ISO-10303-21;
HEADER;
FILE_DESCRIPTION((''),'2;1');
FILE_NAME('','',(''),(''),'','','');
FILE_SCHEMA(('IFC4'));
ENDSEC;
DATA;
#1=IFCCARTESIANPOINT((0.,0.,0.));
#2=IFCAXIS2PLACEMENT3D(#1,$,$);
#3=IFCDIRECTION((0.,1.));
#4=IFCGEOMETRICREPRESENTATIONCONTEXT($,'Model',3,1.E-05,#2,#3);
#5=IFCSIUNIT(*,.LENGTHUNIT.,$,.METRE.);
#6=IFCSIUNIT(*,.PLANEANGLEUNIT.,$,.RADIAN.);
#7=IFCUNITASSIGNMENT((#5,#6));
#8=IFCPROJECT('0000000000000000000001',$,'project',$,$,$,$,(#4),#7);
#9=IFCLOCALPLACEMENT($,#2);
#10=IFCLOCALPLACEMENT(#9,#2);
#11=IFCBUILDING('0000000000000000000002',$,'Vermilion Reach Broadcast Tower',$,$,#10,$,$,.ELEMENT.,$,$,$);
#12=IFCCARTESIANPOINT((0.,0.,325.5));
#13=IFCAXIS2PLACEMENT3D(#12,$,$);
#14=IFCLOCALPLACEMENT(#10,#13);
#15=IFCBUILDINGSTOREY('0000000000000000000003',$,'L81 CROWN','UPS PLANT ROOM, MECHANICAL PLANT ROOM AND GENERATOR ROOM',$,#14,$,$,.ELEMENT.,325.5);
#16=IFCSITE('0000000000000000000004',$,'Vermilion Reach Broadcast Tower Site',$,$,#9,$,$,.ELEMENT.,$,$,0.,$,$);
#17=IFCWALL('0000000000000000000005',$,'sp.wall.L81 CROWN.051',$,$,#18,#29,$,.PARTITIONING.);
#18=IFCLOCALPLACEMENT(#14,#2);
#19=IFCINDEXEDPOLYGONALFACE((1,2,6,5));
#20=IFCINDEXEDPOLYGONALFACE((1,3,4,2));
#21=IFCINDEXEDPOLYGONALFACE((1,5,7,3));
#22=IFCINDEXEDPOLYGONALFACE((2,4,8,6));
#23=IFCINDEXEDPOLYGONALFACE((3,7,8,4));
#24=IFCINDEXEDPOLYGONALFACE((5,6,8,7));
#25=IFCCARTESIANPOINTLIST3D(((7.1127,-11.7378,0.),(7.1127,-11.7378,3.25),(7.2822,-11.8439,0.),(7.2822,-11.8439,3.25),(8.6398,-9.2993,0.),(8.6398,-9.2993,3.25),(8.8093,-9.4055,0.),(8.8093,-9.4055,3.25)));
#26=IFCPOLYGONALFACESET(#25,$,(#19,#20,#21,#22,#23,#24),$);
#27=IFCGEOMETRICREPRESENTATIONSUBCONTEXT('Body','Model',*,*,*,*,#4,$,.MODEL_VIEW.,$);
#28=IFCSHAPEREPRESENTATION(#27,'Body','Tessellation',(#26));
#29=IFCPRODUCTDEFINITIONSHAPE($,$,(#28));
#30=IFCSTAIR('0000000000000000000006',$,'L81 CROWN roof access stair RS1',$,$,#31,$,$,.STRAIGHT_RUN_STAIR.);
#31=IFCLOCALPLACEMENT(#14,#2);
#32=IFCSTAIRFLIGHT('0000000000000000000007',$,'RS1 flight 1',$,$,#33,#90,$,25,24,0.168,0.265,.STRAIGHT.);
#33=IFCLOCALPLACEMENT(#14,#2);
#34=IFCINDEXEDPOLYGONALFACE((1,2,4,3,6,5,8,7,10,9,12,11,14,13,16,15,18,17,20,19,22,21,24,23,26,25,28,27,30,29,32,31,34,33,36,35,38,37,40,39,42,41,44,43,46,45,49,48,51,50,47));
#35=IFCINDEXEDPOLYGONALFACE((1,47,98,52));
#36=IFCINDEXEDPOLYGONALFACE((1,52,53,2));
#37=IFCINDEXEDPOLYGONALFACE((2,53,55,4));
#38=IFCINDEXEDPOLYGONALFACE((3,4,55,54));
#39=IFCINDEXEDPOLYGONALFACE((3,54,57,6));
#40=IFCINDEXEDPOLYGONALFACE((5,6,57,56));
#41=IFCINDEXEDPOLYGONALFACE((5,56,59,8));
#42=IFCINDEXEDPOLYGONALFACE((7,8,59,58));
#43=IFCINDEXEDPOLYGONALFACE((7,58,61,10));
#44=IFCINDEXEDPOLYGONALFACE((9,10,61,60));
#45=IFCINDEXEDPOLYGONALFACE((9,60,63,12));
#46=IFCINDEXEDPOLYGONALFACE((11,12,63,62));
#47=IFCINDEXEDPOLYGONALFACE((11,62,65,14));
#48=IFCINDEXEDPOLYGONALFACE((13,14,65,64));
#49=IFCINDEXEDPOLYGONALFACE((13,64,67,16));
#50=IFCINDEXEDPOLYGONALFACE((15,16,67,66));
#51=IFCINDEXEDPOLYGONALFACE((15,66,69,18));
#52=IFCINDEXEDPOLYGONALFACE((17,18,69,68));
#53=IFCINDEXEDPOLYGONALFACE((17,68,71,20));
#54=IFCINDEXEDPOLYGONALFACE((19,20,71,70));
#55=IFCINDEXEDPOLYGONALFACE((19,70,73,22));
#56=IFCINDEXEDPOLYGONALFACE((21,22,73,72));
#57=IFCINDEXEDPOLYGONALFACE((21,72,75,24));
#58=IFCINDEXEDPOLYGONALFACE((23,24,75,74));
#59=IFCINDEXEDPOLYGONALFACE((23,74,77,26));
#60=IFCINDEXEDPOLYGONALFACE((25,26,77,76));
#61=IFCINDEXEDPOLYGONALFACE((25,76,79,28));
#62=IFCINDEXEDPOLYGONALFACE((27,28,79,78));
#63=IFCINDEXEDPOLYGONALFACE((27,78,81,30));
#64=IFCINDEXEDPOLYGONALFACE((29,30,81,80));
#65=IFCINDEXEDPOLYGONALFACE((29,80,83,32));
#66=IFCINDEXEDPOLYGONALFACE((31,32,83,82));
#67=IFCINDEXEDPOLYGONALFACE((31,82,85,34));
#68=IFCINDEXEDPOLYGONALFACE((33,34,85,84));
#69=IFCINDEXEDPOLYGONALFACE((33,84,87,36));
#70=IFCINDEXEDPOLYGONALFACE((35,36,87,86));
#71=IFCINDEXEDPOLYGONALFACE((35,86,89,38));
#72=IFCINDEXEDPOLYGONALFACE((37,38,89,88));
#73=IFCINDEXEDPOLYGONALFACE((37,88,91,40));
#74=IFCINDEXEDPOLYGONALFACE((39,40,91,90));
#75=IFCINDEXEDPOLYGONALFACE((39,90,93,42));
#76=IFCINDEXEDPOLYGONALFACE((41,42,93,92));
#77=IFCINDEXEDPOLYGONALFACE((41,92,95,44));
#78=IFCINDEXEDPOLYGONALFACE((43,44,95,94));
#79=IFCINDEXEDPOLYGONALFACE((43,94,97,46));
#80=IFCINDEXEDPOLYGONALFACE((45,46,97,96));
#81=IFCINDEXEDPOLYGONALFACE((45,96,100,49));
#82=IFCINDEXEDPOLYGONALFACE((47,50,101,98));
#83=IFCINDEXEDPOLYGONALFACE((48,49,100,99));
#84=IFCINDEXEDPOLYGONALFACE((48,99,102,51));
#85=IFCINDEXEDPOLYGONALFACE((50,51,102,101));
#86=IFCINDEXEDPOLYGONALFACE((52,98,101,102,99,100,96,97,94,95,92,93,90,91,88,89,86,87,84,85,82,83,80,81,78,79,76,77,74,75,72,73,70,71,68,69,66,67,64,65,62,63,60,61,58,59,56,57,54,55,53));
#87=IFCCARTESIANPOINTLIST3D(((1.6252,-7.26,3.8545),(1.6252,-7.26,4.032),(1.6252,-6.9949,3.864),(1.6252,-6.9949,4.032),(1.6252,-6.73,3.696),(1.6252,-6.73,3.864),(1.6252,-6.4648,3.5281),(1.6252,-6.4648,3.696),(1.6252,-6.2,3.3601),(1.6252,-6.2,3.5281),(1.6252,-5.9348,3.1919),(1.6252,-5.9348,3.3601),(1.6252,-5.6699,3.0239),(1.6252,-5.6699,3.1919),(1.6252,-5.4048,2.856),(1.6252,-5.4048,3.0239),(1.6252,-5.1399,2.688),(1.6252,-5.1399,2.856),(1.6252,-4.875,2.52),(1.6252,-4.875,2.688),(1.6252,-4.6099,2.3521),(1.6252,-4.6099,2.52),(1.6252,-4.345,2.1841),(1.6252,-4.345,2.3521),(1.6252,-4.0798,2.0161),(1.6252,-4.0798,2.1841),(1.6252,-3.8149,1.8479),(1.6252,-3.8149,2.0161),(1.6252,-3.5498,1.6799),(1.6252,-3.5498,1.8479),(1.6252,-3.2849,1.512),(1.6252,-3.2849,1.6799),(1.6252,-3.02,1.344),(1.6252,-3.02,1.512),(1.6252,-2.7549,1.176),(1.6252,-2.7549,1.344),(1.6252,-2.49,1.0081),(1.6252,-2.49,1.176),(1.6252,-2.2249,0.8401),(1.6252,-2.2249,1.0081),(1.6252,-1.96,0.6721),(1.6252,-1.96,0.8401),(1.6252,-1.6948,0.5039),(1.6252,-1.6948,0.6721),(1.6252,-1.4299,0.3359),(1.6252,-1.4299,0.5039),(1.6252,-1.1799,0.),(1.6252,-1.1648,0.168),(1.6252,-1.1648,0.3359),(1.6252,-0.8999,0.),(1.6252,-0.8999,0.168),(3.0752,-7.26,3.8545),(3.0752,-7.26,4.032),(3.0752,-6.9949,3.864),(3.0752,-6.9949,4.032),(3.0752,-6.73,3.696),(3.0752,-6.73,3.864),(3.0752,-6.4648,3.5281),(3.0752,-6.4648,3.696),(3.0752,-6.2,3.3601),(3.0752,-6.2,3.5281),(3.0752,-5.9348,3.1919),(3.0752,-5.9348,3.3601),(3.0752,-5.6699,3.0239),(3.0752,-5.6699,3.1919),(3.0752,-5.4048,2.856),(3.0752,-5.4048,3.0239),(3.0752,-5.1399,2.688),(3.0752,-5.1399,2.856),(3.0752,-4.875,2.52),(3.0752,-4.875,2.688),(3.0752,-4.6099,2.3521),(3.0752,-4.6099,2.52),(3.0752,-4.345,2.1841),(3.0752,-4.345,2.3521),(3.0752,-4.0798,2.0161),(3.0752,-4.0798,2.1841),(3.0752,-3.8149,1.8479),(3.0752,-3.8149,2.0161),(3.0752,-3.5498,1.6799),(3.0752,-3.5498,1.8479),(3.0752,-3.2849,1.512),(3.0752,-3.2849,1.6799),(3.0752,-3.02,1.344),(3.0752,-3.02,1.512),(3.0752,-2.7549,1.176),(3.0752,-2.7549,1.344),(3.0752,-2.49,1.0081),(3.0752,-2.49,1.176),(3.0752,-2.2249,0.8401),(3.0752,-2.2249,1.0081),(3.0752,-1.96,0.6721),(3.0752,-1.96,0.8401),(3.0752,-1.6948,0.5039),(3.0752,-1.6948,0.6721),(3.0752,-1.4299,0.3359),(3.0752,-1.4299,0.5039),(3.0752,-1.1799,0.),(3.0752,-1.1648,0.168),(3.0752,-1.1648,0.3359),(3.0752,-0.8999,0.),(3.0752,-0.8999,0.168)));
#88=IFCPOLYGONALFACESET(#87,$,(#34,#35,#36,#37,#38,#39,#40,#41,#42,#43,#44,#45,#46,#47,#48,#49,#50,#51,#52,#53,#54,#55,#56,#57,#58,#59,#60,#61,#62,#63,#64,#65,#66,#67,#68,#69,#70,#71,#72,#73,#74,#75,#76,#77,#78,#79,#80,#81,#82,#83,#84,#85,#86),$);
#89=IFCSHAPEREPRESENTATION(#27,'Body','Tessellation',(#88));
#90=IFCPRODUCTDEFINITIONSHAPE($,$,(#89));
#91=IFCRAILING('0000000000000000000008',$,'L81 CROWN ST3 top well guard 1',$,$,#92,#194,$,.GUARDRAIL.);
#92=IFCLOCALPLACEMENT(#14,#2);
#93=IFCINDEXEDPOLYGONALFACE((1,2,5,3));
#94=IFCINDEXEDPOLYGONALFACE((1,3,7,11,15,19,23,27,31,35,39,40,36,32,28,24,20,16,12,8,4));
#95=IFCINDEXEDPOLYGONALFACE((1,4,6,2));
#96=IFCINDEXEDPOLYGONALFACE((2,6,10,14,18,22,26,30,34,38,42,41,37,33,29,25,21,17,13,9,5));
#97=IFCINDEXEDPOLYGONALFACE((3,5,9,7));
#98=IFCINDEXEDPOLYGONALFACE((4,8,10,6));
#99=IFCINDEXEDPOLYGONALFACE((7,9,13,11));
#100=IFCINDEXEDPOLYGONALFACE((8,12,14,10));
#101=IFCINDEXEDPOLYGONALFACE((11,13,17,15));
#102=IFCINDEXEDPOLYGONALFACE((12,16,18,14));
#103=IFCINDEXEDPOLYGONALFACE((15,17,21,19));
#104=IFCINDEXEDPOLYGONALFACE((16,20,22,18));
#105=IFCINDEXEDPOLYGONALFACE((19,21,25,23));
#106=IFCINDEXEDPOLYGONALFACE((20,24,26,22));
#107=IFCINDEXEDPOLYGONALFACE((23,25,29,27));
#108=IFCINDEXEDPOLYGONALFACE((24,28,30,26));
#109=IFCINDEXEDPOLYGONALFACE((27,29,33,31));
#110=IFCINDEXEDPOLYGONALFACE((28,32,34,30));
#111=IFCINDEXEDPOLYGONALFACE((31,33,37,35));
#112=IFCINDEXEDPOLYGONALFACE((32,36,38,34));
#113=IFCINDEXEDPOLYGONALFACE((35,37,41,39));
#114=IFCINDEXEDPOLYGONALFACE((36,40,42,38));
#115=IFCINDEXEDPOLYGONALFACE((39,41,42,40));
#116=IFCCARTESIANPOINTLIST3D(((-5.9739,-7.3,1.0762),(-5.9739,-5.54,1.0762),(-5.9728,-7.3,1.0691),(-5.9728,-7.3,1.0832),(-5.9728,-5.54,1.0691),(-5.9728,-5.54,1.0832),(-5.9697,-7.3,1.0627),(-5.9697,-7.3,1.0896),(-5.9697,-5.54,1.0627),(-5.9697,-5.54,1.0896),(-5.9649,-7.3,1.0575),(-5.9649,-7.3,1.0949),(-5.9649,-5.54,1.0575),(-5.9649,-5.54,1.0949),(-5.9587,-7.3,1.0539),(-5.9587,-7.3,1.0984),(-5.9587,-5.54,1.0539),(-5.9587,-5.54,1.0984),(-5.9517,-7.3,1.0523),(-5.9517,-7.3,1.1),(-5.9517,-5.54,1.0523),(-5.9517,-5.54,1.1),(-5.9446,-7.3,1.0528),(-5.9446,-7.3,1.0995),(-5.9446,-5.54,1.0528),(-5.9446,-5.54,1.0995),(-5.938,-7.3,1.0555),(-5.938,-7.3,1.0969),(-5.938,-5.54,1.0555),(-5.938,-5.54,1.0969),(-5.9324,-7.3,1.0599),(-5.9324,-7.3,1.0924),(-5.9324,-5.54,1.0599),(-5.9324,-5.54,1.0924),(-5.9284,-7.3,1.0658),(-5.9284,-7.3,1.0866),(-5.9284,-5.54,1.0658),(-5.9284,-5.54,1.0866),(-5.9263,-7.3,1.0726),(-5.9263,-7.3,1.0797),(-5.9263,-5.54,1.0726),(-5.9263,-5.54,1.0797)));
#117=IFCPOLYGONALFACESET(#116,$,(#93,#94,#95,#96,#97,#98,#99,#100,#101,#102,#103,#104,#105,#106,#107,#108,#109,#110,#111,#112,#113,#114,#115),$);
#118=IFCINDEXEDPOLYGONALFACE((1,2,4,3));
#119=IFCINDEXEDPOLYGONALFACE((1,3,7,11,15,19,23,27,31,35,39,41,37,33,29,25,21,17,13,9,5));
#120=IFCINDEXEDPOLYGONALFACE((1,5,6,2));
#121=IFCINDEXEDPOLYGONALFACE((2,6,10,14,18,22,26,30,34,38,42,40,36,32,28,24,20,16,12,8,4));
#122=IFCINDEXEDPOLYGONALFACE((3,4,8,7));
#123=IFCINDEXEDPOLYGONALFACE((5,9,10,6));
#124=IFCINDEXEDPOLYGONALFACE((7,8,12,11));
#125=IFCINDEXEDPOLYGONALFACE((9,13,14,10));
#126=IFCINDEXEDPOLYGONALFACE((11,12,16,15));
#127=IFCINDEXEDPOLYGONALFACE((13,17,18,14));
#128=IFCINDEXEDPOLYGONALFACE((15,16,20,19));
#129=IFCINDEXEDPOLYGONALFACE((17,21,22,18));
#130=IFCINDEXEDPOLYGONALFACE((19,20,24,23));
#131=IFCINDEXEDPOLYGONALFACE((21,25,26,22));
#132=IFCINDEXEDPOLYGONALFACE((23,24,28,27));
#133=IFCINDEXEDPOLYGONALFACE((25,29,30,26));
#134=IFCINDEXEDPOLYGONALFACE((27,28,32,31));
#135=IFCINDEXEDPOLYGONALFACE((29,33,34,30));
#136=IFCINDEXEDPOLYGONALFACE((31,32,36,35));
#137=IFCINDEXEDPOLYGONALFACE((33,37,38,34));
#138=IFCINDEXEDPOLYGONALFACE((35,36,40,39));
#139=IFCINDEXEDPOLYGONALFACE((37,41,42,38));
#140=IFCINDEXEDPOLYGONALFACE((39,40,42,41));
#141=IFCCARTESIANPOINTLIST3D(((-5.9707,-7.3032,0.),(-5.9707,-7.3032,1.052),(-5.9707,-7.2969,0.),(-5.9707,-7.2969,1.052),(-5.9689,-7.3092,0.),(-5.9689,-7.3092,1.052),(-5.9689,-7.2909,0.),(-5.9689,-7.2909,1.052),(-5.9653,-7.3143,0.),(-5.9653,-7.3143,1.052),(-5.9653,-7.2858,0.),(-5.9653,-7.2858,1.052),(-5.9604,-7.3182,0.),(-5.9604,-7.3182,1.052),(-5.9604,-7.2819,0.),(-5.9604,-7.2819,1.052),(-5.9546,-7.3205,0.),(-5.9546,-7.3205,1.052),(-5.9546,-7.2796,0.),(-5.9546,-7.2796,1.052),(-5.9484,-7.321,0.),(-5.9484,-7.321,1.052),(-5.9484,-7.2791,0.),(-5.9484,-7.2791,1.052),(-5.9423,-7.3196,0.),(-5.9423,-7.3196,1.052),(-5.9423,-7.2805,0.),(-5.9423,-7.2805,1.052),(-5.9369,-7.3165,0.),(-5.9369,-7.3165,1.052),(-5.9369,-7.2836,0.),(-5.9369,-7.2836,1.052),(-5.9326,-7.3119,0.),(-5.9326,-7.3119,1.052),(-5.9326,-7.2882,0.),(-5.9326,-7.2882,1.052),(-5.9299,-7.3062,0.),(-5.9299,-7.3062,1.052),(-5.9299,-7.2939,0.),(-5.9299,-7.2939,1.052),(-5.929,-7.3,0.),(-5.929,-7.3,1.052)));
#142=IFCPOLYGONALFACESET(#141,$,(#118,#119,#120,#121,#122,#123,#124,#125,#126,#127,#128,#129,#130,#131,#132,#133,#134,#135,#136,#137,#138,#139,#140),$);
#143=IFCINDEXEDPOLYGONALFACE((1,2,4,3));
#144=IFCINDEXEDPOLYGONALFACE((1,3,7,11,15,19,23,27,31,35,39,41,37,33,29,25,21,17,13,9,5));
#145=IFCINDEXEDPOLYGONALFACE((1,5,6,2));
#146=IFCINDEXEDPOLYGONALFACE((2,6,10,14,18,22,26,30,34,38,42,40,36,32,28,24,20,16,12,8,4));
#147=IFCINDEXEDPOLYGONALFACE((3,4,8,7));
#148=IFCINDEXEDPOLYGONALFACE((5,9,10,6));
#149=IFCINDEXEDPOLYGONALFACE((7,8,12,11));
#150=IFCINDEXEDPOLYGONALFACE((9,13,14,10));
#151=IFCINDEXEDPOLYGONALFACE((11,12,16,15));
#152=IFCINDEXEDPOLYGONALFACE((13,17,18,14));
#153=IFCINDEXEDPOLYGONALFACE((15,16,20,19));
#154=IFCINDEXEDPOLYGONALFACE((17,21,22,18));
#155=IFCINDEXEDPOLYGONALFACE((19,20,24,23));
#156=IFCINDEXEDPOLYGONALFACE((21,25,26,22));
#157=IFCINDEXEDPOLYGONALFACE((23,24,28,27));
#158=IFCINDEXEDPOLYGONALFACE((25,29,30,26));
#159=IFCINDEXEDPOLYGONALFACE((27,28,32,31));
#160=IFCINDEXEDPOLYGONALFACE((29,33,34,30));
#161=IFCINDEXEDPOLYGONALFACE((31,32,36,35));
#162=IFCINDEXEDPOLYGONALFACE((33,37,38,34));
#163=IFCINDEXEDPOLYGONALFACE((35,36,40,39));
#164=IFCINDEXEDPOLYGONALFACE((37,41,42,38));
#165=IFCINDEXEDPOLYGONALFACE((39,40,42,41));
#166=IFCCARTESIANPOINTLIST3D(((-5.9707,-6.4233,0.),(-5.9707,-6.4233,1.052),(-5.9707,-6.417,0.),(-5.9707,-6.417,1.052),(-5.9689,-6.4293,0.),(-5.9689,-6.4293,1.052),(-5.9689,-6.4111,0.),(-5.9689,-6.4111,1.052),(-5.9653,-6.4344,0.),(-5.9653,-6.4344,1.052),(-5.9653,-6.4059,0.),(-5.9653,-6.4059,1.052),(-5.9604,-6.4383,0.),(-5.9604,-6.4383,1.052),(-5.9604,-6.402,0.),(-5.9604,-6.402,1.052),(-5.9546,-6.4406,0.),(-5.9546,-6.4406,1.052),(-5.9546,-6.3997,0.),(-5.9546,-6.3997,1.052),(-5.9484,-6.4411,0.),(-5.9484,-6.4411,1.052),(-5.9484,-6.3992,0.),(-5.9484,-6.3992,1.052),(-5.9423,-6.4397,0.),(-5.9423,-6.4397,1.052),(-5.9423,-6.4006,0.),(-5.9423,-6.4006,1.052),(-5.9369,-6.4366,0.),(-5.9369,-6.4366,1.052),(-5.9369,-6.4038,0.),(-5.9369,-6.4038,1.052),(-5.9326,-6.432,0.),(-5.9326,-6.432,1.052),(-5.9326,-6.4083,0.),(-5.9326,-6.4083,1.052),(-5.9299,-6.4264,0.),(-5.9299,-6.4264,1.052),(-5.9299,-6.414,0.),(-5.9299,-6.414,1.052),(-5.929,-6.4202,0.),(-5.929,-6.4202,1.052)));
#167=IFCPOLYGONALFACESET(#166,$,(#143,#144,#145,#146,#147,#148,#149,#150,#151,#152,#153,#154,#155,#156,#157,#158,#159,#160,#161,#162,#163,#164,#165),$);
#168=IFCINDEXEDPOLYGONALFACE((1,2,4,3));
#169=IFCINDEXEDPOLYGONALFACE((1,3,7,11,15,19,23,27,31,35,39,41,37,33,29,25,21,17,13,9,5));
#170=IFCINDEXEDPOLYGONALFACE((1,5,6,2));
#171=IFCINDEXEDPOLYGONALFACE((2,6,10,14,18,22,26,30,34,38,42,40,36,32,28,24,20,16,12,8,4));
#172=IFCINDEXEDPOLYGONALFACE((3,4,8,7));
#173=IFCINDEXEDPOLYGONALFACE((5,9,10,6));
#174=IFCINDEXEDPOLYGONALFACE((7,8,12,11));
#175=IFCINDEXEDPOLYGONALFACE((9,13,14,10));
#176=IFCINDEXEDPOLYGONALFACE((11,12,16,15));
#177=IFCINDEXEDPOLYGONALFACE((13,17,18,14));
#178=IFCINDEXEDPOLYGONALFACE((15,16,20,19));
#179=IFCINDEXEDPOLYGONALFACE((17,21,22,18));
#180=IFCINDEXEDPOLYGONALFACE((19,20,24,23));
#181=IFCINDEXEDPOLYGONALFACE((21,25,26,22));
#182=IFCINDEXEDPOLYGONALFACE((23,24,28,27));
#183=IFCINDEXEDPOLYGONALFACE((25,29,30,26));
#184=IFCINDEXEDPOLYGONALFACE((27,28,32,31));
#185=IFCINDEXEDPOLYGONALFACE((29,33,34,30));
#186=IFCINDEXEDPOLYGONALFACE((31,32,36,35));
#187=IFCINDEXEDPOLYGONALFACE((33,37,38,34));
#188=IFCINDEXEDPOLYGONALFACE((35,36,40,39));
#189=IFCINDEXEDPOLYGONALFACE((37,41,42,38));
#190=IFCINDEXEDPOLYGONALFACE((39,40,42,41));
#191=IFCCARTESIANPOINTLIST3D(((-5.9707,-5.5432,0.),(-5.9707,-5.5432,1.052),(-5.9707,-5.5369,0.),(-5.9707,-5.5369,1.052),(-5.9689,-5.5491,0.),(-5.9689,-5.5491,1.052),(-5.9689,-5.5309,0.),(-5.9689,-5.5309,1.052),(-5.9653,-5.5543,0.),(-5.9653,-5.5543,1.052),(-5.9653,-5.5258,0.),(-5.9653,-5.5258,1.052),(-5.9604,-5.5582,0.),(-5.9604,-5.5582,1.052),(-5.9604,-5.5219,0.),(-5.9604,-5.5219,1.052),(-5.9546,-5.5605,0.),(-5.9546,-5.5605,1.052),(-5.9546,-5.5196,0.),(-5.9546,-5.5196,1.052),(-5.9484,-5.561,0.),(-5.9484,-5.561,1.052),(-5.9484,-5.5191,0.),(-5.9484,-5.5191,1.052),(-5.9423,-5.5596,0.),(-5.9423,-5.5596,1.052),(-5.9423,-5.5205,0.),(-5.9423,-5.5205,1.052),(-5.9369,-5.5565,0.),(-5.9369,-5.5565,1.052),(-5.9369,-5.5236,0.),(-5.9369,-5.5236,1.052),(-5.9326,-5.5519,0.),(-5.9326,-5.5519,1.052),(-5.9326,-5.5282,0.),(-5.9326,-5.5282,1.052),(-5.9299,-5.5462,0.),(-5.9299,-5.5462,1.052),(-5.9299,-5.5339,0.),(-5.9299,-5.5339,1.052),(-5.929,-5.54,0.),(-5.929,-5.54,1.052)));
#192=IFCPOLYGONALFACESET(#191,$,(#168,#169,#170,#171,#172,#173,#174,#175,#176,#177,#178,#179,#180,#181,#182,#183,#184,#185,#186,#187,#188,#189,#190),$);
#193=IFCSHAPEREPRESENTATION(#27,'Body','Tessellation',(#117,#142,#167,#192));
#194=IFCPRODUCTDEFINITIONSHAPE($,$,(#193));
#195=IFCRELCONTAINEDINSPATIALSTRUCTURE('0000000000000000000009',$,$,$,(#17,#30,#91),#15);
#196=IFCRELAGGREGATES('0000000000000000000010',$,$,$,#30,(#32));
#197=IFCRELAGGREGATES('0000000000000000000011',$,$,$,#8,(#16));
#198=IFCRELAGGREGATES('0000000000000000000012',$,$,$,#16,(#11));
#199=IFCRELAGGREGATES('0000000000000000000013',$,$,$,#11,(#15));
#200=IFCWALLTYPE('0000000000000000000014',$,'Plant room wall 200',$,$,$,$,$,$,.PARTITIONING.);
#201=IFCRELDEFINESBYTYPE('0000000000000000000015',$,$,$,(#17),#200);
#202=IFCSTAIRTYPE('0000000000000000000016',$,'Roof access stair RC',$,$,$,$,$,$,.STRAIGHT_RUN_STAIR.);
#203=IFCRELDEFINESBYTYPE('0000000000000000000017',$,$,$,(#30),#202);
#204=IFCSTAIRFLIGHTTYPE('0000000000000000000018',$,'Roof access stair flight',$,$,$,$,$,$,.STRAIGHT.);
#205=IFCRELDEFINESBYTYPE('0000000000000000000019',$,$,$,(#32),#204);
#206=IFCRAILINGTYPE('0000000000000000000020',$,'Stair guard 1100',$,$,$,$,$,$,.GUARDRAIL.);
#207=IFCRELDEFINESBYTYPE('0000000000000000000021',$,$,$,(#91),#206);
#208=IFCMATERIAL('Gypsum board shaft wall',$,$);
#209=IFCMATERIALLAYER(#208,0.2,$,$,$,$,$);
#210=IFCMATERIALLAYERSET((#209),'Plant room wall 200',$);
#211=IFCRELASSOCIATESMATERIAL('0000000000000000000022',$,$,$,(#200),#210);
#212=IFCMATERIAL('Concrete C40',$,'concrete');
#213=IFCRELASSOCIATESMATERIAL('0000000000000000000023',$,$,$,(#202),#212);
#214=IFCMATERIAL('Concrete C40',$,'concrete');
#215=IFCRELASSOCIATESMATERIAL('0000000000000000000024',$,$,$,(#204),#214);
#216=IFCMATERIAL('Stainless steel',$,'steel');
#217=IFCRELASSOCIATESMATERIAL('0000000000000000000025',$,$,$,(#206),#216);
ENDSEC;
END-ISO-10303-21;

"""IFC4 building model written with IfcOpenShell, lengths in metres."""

from ifc_helpers import new_model, si_unit, direction, frame, frame_2d, origin, origin_2d, place, context, subcontext, project, spatial, polyline, rectangle, circle, outline, extrude, material, layer, layer_set, type_object, element, aggregate, save


model = new_model("IFC4")

# Units and contexts
model_context = context("Model", 3, precision=1e-05, world=origin(), true_north=direction((0.0, 1.0)))
body_context = subcontext(model_context, "Body", "Model", "MODEL_VIEW")
ifc_project = project(units=[si_unit("LENGTHUNIT", "METRE"), si_unit("PLANEANGLEUNIT", "RADIAN")], contexts=[model_context])

# Site, building, storey
site_placement = place(None, origin())
site = spatial("IfcSite", under=ifc_project, at=site_placement, Name="Vermilion Reach Broadcast Tower Site", CompositionType="ELEMENT", RefElevation=0.0)
building_placement = place(site_placement, origin())
building = spatial("IfcBuilding", under=site, at=building_placement, Name="Vermilion Reach Broadcast Tower", CompositionType="ELEMENT")
storey_placement = place(building_placement, frame((0.0, 0.0, 325.5)))
storey = spatial("IfcBuildingStorey", under=building, at=storey_placement, Name="L81 CROWN", Description="UPS PLANT ROOM, MECHANICAL PLANT ROOM AND GENERATOR ROOM", CompositionType="ELEMENT", Elevation=325.5)

# Wall
ifc_material_1 = material(Name="Gypsum board shaft wall")
ifc_layer_1 = layer(ifc_material_1, 0.2)
ifc_layer_set_1 = layer_set([ifc_layer_1], Name="Plant room wall 200")
wall_type_1 = type_object("IfcWallType", Name="Plant room wall 200", PredefinedType="PARTITIONING", material=ifc_layer_set_1)
wall_1_placement = place(storey_placement, frame((7.1975, -11.7908, 0.0), z_axis=(0.0, 0.0, 1.0), x_axis=(0.530761, 0.847521, 0.0)))
element("IfcWall", 1, at=wall_1_placement, inside=storey, type_object=wall_type_1, Name="sp.wall.L81 CROWN.051", PredefinedType="PARTITIONING", context=body_context, shape_type="SweptSolid", body=[
    extrude(rectangle(XDim=2.8772, YDim=0.2, at=frame_2d((1.4385, 0.0))), origin(), (0.0, 0.0, 1.0), 3.25),
])

# Stair, stair flight
ifc_material_2 = material(Name="Concrete C40", Category="concrete")
stair_type = type_object("IfcStairType", Name="Roof access stair RC", PredefinedType="STRAIGHT_RUN_STAIR", material=ifc_material_2)
stair_placement = place(storey_placement, origin())
stair = element("IfcStair", 2, at=stair_placement, inside=storey, type_object=stair_type, Name="L81 CROWN roof access stair RS1", PredefinedType="STRAIGHT_RUN_STAIR")
ifc_material_3 = material(Name="Concrete C40", Category="concrete")
stair_flight_type = type_object("IfcStairFlightType", Name="Roof access stair flight", PredefinedType="STRAIGHT", material=ifc_material_3)
stair_flight_placement = place(storey_placement, frame((2.3501, -0.8999, 0.0), z_axis=(0.0, 0.0, 1.0), x_axis=(0.0, -1.0, 0.0)))
stair_flight = element("IfcStairFlight", 3, at=stair_flight_placement, type_object=stair_flight_type, Name="RS1 flight 1", NumberOfRisers=25, NumberOfTreads=24, PredefinedType="STRAIGHT", RiserHeight=0.168, TreadLength=0.265, context=body_context, shape_type="SweptSolid", body=[
    extrude(outline(polyline([(0.0, 0.0), (0.0, 0.168), (0.2649, 0.168), (0.2649, 0.3359), (0.53, 0.3359), (0.53, 0.5039), (0.7949, 0.5039), (0.7949, 0.6721), (1.0601, 0.6721), (1.0601, 0.8401), (1.325, 0.8401), (1.325, 1.0081), (1.5901, 1.0081), (1.5901, 1.176), (1.855, 1.176), (1.855, 1.344), (2.1201, 1.344), (2.1201, 1.512), (2.385, 1.512), (2.385, 1.6799), (2.6499, 1.6799), (2.6499, 1.8479), (2.915, 1.8479), (2.915, 2.0161), (3.1799, 2.0161), (3.1799, 2.1841), (3.4451, 2.1841), (3.4451, 2.3521), (3.71, 2.3521), (3.71, 2.52), (3.9751, 2.52), (3.9751, 2.688), (4.24, 2.688), (4.24, 2.856), (4.5049, 2.856), (4.5049, 3.0239), (4.77, 3.0239), (4.77, 3.1919), (5.0349, 3.1919), (5.0349, 3.3601), (5.3, 3.3601), (5.3, 3.5281), (5.5649, 3.5281), (5.5649, 3.696), (5.8301, 3.696), (5.8301, 3.864), (6.095, 3.864), (6.095, 4.032), (6.3601, 4.032), (6.3601, 4.2), (6.3601, 3.8545), (0.28, 0.0), (0.0, 0.0)])), frame((0.0, 0.7251, 0.0), z_axis=(0.0, -1.0, 0.0), x_axis=(1.0, 0.0, 0.0)), (0.0, 0.0, 1.0), 1.45),
])
aggregate(stair, [stair_flight])

# Railing
ifc_material_4 = material(Name="Stainless steel", Category="steel")
railing_type_1 = type_object("IfcRailingType", Name="Stair guard 1100", PredefinedType="GUARDRAIL", material=ifc_material_4)
railing_placement = place(storey_placement, frame((-5.95, -7.3, 0.0)))
element("IfcRailing", 4, at=railing_placement, inside=storey, type_object=railing_type_1, Name="L81 CROWN ST3 top well guard 1", PredefinedType="GUARDRAIL", context=body_context, shape_type="SweptSolid", body=[
    extrude(circle(Radius=0.0239, at=origin_2d()), frame((0.0, 0.0, 1.0762), z_axis=(0.0, 1.0, 0.0), x_axis=(-1.0, 0.0, 0.0)), (0.0, 0.0, 1.0), 1.76),
    extrude(circle(Radius=0.021, at=origin_2d()), origin(), (0.0, 0.0, 1.0), 1.052),
    extrude(circle(Radius=0.021, at=origin_2d()), frame((0.0, 0.8799, 0.0)), (0.0, 0.0, 1.0), 1.052),
    extrude(circle(Radius=0.021, at=origin_2d()), frame((0.0, 1.76, 0.0)), (0.0, 0.0, 1.0), 1.052),
])

save(model, "model.ifc")
